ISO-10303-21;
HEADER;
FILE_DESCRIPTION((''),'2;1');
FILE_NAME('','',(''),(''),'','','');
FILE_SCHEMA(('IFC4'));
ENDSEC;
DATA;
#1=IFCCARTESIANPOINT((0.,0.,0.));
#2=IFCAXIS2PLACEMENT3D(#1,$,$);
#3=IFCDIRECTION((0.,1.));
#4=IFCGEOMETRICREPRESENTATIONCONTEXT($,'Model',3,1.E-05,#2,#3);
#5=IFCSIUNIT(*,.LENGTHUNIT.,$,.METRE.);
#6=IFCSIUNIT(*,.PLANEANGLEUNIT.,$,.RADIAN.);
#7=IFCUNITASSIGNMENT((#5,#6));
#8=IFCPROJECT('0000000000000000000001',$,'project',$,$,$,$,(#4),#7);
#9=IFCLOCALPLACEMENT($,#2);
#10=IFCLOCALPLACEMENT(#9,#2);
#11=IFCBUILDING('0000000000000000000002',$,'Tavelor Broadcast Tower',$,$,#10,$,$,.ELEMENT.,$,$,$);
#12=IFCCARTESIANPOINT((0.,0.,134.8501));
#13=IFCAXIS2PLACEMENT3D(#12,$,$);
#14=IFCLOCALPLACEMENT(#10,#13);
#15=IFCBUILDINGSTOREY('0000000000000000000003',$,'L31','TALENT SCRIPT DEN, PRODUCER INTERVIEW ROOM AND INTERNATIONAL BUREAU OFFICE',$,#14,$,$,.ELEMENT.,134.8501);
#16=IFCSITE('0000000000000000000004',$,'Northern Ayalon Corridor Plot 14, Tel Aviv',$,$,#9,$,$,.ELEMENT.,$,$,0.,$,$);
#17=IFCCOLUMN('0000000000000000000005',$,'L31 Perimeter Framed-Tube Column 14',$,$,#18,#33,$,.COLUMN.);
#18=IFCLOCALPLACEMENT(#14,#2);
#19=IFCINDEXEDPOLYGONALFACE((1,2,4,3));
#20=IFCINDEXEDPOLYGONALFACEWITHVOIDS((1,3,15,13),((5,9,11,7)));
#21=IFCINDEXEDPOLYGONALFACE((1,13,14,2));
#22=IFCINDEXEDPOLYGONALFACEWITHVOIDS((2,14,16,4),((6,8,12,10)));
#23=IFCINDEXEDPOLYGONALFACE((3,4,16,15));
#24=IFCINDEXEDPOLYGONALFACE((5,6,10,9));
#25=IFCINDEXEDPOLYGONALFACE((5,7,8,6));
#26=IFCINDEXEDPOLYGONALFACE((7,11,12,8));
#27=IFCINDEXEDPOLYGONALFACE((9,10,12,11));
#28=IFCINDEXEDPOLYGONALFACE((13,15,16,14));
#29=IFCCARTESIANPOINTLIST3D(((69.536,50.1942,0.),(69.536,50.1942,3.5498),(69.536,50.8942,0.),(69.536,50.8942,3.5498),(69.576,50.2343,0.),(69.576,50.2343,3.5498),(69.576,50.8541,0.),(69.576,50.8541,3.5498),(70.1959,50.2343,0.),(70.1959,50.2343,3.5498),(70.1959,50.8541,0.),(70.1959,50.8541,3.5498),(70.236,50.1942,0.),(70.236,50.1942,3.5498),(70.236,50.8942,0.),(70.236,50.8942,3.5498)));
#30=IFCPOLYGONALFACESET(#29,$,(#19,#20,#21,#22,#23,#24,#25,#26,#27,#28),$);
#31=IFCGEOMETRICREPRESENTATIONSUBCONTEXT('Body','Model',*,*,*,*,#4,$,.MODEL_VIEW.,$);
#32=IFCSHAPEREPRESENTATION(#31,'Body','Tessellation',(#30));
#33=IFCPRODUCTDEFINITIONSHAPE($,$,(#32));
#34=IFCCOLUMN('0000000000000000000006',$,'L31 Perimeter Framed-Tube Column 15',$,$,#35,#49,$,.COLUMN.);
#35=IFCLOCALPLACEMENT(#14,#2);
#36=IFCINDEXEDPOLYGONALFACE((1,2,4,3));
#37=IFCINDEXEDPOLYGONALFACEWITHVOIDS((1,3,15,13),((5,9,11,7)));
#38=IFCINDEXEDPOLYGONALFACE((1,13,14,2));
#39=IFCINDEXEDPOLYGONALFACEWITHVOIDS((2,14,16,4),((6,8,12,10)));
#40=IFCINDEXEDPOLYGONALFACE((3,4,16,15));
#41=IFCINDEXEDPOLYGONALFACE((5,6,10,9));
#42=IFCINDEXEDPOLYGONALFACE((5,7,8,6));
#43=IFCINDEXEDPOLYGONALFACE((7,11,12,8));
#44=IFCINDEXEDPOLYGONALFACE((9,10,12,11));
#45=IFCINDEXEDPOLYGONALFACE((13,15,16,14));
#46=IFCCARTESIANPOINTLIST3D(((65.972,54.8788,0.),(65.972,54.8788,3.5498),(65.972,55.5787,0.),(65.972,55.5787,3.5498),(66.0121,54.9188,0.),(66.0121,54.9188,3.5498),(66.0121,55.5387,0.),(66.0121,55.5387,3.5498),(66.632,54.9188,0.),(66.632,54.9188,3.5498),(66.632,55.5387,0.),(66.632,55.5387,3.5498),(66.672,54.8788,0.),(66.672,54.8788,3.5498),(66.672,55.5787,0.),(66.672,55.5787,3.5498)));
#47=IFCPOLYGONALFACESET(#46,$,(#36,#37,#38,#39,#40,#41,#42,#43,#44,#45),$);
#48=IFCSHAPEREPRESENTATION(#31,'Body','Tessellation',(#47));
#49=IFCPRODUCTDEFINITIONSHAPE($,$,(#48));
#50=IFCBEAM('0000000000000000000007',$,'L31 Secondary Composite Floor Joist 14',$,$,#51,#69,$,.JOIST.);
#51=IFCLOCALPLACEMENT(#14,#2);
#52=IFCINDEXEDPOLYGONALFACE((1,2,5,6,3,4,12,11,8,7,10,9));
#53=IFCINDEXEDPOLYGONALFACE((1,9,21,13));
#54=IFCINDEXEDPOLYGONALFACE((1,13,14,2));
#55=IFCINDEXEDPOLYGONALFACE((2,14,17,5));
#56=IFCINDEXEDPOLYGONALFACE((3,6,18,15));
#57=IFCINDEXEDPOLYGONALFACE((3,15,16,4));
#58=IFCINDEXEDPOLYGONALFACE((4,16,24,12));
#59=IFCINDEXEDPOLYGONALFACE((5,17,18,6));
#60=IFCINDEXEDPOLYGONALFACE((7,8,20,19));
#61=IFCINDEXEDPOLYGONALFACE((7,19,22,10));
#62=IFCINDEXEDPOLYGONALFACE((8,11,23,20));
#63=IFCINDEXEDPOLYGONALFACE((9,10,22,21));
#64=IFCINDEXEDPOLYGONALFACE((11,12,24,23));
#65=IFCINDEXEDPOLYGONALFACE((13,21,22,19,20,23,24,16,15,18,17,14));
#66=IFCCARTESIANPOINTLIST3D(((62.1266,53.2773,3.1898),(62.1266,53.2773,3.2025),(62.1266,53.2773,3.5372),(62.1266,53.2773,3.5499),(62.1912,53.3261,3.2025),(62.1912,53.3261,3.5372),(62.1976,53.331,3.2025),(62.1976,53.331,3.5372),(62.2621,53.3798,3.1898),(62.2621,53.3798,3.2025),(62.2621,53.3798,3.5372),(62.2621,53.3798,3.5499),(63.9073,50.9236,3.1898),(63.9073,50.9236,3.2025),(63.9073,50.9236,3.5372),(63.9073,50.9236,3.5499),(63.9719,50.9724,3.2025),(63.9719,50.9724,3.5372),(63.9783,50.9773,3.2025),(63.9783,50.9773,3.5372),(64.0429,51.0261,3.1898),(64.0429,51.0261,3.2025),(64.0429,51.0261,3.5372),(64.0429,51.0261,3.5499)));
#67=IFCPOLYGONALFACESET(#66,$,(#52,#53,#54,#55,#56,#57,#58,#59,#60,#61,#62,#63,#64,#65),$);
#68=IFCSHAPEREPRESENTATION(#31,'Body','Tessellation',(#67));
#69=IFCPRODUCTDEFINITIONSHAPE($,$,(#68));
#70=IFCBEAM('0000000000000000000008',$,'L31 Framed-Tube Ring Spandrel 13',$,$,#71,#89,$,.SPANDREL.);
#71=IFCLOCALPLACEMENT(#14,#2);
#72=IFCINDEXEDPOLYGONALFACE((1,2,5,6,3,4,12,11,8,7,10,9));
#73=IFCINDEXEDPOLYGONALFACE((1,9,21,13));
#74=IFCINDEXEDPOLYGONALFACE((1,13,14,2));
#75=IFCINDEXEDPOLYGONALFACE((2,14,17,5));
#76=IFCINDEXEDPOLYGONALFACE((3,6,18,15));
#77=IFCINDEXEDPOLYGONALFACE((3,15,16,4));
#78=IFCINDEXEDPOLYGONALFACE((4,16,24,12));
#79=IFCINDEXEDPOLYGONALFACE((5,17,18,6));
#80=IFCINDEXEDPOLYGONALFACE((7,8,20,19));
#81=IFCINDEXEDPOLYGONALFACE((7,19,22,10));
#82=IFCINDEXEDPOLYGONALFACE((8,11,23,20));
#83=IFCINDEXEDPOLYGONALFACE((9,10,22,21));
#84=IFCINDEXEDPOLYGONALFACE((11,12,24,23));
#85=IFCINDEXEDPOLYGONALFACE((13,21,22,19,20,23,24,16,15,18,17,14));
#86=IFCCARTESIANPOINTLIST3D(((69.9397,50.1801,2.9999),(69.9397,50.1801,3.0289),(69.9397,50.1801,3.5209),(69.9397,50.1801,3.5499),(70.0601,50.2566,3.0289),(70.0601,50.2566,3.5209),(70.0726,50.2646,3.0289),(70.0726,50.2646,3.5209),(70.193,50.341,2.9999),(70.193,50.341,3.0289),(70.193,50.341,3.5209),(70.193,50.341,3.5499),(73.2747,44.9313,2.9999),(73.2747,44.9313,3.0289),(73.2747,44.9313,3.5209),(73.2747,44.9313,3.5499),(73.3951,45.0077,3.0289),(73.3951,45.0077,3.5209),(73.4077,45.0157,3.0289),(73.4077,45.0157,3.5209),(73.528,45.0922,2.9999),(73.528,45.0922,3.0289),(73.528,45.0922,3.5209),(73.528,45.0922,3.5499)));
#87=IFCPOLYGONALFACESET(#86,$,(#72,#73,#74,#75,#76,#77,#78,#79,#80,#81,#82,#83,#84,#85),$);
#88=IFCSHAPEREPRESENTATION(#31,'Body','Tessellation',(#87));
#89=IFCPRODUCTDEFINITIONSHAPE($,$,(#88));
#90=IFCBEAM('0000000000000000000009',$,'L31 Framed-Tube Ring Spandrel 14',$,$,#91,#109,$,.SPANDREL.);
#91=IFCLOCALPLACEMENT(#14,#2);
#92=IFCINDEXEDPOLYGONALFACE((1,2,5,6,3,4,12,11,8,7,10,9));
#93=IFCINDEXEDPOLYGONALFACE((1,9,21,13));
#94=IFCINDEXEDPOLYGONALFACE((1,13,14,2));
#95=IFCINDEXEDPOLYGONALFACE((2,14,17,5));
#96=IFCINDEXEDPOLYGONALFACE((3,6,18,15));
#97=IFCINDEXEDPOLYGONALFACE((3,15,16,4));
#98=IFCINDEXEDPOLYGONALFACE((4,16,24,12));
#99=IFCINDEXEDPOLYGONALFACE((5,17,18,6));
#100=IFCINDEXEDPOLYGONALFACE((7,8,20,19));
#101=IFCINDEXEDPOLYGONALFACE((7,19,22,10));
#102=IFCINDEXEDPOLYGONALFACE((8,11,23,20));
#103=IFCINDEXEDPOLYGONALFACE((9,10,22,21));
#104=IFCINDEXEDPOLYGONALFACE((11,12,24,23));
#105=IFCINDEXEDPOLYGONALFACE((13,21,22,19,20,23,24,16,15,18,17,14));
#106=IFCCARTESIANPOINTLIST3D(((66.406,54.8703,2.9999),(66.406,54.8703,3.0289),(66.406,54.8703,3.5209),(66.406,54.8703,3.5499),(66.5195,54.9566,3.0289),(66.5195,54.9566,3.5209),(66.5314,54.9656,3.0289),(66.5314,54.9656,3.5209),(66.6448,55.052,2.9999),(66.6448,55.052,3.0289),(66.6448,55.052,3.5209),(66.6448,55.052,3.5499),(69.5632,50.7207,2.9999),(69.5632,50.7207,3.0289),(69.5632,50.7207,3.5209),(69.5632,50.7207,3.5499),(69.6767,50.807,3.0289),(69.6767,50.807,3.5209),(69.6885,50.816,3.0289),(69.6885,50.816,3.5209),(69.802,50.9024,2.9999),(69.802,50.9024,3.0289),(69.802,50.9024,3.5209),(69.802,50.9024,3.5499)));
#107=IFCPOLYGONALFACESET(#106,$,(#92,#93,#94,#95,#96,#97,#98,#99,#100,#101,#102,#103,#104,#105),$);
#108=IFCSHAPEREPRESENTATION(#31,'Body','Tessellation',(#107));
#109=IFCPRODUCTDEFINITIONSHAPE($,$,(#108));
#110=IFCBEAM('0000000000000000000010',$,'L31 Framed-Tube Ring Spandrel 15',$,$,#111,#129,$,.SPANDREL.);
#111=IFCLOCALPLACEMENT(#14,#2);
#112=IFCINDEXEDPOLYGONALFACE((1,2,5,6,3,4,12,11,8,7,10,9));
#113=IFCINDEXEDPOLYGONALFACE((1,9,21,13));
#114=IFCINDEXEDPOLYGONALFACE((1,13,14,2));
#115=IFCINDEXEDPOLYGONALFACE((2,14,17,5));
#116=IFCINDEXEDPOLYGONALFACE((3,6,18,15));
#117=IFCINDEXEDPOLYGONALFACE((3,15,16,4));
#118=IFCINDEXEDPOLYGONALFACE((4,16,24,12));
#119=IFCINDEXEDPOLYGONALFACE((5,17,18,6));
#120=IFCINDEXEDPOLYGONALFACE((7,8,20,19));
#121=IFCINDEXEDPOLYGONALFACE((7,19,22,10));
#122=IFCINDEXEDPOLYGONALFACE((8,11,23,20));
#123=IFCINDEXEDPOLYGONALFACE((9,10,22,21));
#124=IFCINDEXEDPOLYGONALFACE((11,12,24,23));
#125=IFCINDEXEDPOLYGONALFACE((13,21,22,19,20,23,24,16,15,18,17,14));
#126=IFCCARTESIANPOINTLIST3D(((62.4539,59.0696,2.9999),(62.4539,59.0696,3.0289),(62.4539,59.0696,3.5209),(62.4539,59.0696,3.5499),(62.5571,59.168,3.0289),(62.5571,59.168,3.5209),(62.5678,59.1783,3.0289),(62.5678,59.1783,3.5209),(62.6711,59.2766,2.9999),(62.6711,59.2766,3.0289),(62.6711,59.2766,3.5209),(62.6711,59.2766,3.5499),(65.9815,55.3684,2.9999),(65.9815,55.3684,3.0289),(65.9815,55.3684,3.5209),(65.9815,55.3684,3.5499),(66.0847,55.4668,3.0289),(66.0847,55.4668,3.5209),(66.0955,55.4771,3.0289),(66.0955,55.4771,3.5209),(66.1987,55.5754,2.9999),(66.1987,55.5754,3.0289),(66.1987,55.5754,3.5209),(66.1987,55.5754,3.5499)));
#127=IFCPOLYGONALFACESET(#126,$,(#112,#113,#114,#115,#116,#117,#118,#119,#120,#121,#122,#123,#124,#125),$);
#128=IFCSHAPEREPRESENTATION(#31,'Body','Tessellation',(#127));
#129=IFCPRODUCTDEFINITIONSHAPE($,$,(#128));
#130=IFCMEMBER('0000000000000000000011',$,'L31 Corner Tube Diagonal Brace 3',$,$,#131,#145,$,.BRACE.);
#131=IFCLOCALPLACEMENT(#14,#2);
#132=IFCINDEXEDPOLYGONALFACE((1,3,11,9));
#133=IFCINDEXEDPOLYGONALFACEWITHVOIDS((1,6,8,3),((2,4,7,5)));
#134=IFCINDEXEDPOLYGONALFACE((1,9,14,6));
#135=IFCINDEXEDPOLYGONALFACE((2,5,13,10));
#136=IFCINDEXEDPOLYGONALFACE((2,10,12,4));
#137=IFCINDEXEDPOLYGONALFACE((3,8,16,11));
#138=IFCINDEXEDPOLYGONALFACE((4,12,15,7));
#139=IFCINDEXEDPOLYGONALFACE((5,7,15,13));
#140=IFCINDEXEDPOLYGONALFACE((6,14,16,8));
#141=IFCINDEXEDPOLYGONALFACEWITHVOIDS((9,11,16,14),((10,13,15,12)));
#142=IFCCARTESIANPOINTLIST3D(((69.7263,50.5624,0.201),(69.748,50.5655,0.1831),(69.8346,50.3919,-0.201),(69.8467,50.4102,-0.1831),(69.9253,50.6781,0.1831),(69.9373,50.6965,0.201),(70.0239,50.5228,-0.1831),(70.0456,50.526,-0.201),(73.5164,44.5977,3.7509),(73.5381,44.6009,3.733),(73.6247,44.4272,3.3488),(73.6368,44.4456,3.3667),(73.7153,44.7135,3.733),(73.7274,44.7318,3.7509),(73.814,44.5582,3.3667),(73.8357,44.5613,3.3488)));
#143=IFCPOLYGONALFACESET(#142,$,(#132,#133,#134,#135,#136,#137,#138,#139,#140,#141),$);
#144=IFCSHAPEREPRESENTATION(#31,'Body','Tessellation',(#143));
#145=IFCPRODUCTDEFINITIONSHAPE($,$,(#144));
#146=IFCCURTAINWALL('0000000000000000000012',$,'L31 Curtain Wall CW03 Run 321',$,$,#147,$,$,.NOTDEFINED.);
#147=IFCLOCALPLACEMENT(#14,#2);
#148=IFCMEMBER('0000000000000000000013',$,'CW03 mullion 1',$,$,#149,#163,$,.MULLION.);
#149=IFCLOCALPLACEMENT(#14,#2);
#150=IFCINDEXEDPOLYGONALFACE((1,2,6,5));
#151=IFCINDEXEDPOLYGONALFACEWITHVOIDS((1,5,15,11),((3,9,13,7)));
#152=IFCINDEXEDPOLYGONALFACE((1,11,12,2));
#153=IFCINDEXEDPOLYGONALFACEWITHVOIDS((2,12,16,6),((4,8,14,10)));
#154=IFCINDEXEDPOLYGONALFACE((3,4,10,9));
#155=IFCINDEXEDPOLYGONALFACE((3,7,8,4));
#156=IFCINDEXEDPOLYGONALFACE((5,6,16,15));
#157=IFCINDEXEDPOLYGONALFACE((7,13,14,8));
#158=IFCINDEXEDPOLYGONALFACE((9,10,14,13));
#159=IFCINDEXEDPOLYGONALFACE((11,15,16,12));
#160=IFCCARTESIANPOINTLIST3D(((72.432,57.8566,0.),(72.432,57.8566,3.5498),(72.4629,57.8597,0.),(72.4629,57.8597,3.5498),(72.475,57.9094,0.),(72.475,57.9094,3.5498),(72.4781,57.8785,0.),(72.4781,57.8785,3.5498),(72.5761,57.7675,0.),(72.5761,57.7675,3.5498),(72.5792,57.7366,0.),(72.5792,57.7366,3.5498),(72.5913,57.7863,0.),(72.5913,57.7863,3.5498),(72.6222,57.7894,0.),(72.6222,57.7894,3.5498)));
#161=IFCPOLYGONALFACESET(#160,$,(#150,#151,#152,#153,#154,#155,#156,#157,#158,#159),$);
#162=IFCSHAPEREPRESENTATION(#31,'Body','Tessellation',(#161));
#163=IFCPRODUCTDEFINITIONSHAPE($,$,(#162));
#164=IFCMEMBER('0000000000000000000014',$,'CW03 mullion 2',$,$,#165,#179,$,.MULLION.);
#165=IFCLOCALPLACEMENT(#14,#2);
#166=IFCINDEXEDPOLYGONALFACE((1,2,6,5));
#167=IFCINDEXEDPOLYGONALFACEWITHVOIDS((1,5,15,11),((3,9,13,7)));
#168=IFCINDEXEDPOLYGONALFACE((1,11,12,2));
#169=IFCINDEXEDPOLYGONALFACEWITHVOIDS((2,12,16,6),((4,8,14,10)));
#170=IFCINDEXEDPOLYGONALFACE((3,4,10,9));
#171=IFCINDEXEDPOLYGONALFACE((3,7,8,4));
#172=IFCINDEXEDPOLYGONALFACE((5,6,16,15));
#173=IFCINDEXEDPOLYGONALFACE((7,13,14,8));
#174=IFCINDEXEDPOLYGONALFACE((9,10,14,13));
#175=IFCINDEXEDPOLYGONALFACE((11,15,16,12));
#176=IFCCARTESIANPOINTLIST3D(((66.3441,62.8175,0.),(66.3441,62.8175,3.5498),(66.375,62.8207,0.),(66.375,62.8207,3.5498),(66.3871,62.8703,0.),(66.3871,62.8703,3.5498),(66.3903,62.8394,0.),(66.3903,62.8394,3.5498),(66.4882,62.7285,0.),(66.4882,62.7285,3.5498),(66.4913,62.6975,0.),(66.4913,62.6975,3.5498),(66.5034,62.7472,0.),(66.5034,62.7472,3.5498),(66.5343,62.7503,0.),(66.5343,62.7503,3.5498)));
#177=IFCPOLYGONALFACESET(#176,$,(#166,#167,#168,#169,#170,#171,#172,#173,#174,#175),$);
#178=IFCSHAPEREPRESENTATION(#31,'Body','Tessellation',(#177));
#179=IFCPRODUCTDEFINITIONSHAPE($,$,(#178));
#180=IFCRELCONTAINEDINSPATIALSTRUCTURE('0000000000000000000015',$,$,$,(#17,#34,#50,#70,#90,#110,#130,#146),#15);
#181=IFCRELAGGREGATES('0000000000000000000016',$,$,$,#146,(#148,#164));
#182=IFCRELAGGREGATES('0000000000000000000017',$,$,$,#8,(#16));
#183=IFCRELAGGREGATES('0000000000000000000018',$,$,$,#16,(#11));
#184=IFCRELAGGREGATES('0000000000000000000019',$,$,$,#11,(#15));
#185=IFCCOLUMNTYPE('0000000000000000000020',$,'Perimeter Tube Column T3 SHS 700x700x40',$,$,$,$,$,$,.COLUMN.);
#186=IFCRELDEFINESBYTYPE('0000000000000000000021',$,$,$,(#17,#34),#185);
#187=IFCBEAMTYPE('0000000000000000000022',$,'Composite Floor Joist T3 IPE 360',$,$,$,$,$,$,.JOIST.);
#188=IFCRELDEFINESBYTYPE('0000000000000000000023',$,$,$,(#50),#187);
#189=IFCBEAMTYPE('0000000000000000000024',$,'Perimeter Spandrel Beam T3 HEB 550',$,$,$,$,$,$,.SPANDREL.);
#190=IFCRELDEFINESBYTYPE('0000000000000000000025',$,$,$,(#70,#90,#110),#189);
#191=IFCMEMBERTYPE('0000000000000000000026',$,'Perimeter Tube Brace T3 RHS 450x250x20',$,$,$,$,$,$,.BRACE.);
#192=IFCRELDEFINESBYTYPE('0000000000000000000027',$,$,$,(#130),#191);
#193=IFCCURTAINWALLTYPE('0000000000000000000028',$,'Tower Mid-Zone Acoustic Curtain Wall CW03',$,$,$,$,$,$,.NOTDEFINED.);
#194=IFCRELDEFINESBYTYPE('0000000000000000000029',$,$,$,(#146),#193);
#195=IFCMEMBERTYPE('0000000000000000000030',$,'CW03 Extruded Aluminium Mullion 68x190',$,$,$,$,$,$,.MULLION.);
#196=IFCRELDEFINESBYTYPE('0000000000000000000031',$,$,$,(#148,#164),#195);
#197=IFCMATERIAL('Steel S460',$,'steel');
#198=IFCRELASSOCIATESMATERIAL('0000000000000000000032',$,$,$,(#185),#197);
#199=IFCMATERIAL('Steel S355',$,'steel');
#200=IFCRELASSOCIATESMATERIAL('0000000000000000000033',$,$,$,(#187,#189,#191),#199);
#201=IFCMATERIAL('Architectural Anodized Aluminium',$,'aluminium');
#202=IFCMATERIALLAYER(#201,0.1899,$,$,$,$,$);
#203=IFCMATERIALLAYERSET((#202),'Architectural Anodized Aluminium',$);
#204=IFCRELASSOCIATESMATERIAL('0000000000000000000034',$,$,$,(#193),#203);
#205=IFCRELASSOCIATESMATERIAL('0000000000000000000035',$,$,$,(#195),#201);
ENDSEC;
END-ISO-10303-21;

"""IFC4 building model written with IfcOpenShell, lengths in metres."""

from ifc_helpers import new_model, si_unit, direction, frame, origin, origin_2d, place, context, subcontext, project, spatial, hollow_rectangle, i_section, extrude, source, transform, mapped, material, layer, layer_set, material_profile, profile_set, type_object, type_shapes, element, aggregate, save


model = new_model("IFC4")

# Units and contexts
model_context = context("Model", 3, precision=1e-05, world=origin(), true_north=direction((0.0, 1.0)))
body_context = subcontext(model_context, "Body", "Model", "MODEL_VIEW")
ifc_project = project(units=[si_unit("LENGTHUNIT", "METRE"), si_unit("PLANEANGLEUNIT", "RADIAN")], contexts=[model_context])

# Site, building, storey
site_placement = place(None, origin())
site = spatial("IfcSite", under=ifc_project, at=site_placement, Name="Northern Ayalon Corridor Plot 14, Tel Aviv", CompositionType="ELEMENT", RefElevation=0.0)
building_placement = place(site_placement, origin())
building = spatial("IfcBuilding", under=site, at=building_placement, Name="Tavelor Broadcast Tower", CompositionType="ELEMENT")
storey_placement = place(building_placement, frame((0.0, 0.0, 134.8501)))
storey = spatial("IfcBuildingStorey", under=building, at=storey_placement, Name="L31", Description="TALENT SCRIPT DEN, PRODUCER INTERVIEW ROOM AND INTERNATIONAL BUREAU OFFICE", CompositionType="ELEMENT", Elevation=134.8501)

# Columns
ifc_material_1 = material(Name="Steel S460", Category="steel")
ifc_material_profile_1 = material_profile(ifc_material_1, hollow_rectangle(XDim=0.7, YDim=0.7, WallThickness=0.04, at=origin_2d()), Name="SHS 700x700x40")
ifc_profile_set_1 = profile_set([ifc_material_profile_1], Name="Steel S460")
column_type = type_object("IfcColumnType", Name="Perimeter Tube Column T3 SHS 700x700x40", PredefinedType="COLUMN", material=ifc_profile_set_1)
for number, where, z_axis, x_axis, name in (
    (1, (69.886, 50.5442, 0.0), (0.0, 0.0, 1.0), (1.0, 0.0, 0.0), "L31 Perimeter Framed-Tube Column 14"),
    (2, (66.322, 55.2288, 0.0), (0.0, 0.0, 1.0), (1.0, 0.0, 0.0), "L31 Perimeter Framed-Tube Column 15"),
):
    element("IfcColumn", number, at=place(storey_placement, frame(where, z_axis=z_axis, x_axis=x_axis)), inside=storey, type_object=column_type, Name=name, PredefinedType="COLUMN", context=body_context, shape_type="SweptSolid", body=[
        extrude(hollow_rectangle(XDim=0.7, YDim=0.7, WallThickness=0.04, at=origin_2d()), origin(), (0.0, 0.0, 1.0), 3.5498),
    ])

# Beams
ifc_material_2 = material(Name="Steel S355", Category="steel")
ifc_material_profile_2 = material_profile(ifc_material_2, i_section(OverallWidth=0.1699, OverallDepth=0.3601, WebThickness=0.0081, FlangeThickness=0.0127, at=origin_2d()), Name="IPE 360")
ifc_profile_set_2 = profile_set([ifc_material_profile_2], Name="Steel S355")
beam_type_1 = type_object("IfcBeamType", Name="Composite Floor Joist T3 IPE 360", PredefinedType="JOIST", material=ifc_profile_set_2)
beam_1_placement = place(storey_placement, frame((63.9751, 50.9749, 3.3699), z_axis=(-0.603343, 0.797482, 0.0), x_axis=(-0.797482, -0.603343, 0.0)))
element("IfcBeam", 3, at=beam_1_placement, inside=storey, type_object=beam_type_1, Name="L31 Secondary Composite Floor Joist 14", PredefinedType="JOIST", context=body_context, shape_type="SweptSolid", body=[
    extrude(i_section(OverallWidth=0.1699, OverallDepth=0.3601, WebThickness=0.0081, FlangeThickness=0.0127, at=origin_2d()), origin(), (0.0, 0.0, 1.0), 2.9514),
])
ifc_material_profile_3 = material_profile(ifc_material_2, i_section(OverallWidth=0.3, OverallDepth=0.55, WebThickness=0.0149, FlangeThickness=0.0291, at=origin_2d()), Name="HEB 550")
ifc_profile_set_3 = profile_set([ifc_material_profile_3], Name="Steel S355")
beam_type_2 = type_object("IfcBeamType", Name="Perimeter Spandrel Beam T3 HEB 550", PredefinedType="SPANDREL", material=ifc_profile_set_3)
beam_2_placement = place(storey_placement, frame((73.4014, 45.0117, 3.2749), z_axis=(-0.536283, 0.844038, 0.0), x_axis=(-0.844038, -0.536283, 0.0)))
element("IfcBeam", 4, at=beam_2_placement, inside=storey, type_object=beam_type_2, Name="L31 Framed-Tube Ring Spandrel 13", PredefinedType="SPANDREL", context=body_context, shape_type="SweptSolid", body=[
    extrude(i_section(OverallWidth=0.3, OverallDepth=0.55, WebThickness=0.0149, FlangeThickness=0.0291, at=origin_2d()), origin(), (0.0, 0.0, 1.0), 6.2188),
])
beam_3_placement = place(storey_placement, frame((69.6826, 50.8115, 3.2749), z_axis=(-0.605507, 0.79584, 0.0), x_axis=(-0.79584, -0.605507, 0.0)))
element("IfcBeam", 5, at=beam_3_placement, inside=storey, type_object=beam_type_2, Name="L31 Framed-Tube Ring Spandrel 14", PredefinedType="SPANDREL", context=body_context, shape_type="SweptSolid", body=[
    extrude(i_section(OverallWidth=0.3, OverallDepth=0.55, WebThickness=0.0149, FlangeThickness=0.0291, at=origin_2d()), origin(), (0.0, 0.0, 1.0), 5.2141),
])
beam_4_placement = place(storey_placement, frame((66.0901, 55.4719, 3.2749), z_axis=(-0.689928, 0.723878, 0.0), x_axis=(-0.723878, -0.689928, 0.0)))
element("IfcBeam", 6, at=beam_4_placement, inside=storey, type_object=beam_type_2, Name="L31 Framed-Tube Ring Spandrel 15", PredefinedType="SPANDREL", context=body_context, shape_type="SweptSolid", body=[
    extrude(i_section(OverallWidth=0.3, OverallDepth=0.55, WebThickness=0.0149, FlangeThickness=0.0291, at=origin_2d()), origin(), (0.0, 0.0, 1.0), 5.113),
])

# Member
ifc_material_profile_4 = material_profile(ifc_material_2, hollow_rectangle(XDim=0.25, YDim=0.45, WallThickness=0.02, at=origin_2d()), Name="RHS 450x250x20")
ifc_profile_set_4 = profile_set([ifc_material_profile_4], Name="Steel S355")
member_type_1 = type_object("IfcMemberType", Name="Perimeter Tube Brace T3 RHS 450x250x20", PredefinedType="BRACE", material=ifc_profile_set_4)
member_1_placement = place(storey_placement, frame((69.886, 50.5442, 0.0), z_axis=(0.479245, -0.754216, 0.448868), x_axis=(0.844021, 0.53631, 0.0)))
element("IfcMember", 7, at=member_1_placement, inside=storey, type_object=member_type_1, Name="L31 Corner Tube Diagonal Brace 3", PredefinedType="BRACE", context=body_context, shape_type="SweptSolid", body=[
    extrude(hollow_rectangle(XDim=0.25, YDim=0.45, WallThickness=0.02, at=origin_2d()), origin(), (0.0, 0.0, 1.0), 7.9084),
])

# Curtain wall, members
ifc_material_3 = material(Name="Architectural Anodized Aluminium", Category="aluminium")
ifc_layer_1 = layer(ifc_material_3, 0.1899)
ifc_layer_set_1 = layer_set([ifc_layer_1], Name="Architectural Anodized Aluminium")
curtain_wall_type = type_object("IfcCurtainWallType", Name="Tower Mid-Zone Acoustic Curtain Wall CW03", PredefinedType="NOTDEFINED", material=ifc_layer_set_1)
curtain_wall_1_placement = place(storey_placement, origin())
curtain_wall_1 = element("IfcCurtainWall", 8, at=curtain_wall_1_placement, inside=storey, type_object=curtain_wall_type, Name="L31 Curtain Wall CW03 Run 321", PredefinedType="NOTDEFINED")
ifc_material_profile_5 = material_profile(ifc_material_3, hollow_rectangle(XDim=0.0681, YDim=0.1899, WallThickness=0.022, at=origin_2d()), Name="RHS 68x190x22")
ifc_profile_set_5 = profile_set([ifc_material_profile_5], Name="Architectural Anodized Aluminium")
member_type_2 = type_object("IfcMemberType", Name="CW03 Extruded Aluminium Mullion 68x190", PredefinedType="MULLION", material=ifc_profile_set_5)
shared_shape_1 = source(origin(), body_context, "Body", "SweptSolid", [
    extrude(hollow_rectangle(XDim=0.0681, YDim=0.1899, WallThickness=0.022, at=origin_2d()), origin(), (0.0, 0.0, 1.0), 3.5498),
])
type_shapes(member_type_2, [shared_shape_1])
member_2_placement = place(storey_placement, frame((72.5271, 57.823, 0.0), z_axis=(0.0, 0.0, 1.0), x_axis=(-0.631699, -0.775213, 0.0)))
member_2 = element("IfcMember", 9, at=member_2_placement, type_object=member_type_2, Name="CW03 mullion 1", PredefinedType="MULLION", context=body_context, shape_type="MappedRepresentation", body=[
    mapped(shared_shape_1, transform((0.0, 0.0, 0.0), scale=1.0)),
])
member_3_placement = place(storey_placement, frame((66.4392, 62.7839, 0.0), z_axis=(0.0, 0.0, 1.0), x_axis=(-0.631699, -0.775213, 0.0)))
member_3 = element("IfcMember", 10, at=member_3_placement, type_object=member_type_2, Name="CW03 mullion 2", PredefinedType="MULLION", context=body_context, shape_type="MappedRepresentation", body=[
    mapped(shared_shape_1, transform((0.0, 0.0, 0.0), scale=1.0)),
])

aggregate(curtain_wall_1, [member_2, member_3])

save(model, "model.ifc")
